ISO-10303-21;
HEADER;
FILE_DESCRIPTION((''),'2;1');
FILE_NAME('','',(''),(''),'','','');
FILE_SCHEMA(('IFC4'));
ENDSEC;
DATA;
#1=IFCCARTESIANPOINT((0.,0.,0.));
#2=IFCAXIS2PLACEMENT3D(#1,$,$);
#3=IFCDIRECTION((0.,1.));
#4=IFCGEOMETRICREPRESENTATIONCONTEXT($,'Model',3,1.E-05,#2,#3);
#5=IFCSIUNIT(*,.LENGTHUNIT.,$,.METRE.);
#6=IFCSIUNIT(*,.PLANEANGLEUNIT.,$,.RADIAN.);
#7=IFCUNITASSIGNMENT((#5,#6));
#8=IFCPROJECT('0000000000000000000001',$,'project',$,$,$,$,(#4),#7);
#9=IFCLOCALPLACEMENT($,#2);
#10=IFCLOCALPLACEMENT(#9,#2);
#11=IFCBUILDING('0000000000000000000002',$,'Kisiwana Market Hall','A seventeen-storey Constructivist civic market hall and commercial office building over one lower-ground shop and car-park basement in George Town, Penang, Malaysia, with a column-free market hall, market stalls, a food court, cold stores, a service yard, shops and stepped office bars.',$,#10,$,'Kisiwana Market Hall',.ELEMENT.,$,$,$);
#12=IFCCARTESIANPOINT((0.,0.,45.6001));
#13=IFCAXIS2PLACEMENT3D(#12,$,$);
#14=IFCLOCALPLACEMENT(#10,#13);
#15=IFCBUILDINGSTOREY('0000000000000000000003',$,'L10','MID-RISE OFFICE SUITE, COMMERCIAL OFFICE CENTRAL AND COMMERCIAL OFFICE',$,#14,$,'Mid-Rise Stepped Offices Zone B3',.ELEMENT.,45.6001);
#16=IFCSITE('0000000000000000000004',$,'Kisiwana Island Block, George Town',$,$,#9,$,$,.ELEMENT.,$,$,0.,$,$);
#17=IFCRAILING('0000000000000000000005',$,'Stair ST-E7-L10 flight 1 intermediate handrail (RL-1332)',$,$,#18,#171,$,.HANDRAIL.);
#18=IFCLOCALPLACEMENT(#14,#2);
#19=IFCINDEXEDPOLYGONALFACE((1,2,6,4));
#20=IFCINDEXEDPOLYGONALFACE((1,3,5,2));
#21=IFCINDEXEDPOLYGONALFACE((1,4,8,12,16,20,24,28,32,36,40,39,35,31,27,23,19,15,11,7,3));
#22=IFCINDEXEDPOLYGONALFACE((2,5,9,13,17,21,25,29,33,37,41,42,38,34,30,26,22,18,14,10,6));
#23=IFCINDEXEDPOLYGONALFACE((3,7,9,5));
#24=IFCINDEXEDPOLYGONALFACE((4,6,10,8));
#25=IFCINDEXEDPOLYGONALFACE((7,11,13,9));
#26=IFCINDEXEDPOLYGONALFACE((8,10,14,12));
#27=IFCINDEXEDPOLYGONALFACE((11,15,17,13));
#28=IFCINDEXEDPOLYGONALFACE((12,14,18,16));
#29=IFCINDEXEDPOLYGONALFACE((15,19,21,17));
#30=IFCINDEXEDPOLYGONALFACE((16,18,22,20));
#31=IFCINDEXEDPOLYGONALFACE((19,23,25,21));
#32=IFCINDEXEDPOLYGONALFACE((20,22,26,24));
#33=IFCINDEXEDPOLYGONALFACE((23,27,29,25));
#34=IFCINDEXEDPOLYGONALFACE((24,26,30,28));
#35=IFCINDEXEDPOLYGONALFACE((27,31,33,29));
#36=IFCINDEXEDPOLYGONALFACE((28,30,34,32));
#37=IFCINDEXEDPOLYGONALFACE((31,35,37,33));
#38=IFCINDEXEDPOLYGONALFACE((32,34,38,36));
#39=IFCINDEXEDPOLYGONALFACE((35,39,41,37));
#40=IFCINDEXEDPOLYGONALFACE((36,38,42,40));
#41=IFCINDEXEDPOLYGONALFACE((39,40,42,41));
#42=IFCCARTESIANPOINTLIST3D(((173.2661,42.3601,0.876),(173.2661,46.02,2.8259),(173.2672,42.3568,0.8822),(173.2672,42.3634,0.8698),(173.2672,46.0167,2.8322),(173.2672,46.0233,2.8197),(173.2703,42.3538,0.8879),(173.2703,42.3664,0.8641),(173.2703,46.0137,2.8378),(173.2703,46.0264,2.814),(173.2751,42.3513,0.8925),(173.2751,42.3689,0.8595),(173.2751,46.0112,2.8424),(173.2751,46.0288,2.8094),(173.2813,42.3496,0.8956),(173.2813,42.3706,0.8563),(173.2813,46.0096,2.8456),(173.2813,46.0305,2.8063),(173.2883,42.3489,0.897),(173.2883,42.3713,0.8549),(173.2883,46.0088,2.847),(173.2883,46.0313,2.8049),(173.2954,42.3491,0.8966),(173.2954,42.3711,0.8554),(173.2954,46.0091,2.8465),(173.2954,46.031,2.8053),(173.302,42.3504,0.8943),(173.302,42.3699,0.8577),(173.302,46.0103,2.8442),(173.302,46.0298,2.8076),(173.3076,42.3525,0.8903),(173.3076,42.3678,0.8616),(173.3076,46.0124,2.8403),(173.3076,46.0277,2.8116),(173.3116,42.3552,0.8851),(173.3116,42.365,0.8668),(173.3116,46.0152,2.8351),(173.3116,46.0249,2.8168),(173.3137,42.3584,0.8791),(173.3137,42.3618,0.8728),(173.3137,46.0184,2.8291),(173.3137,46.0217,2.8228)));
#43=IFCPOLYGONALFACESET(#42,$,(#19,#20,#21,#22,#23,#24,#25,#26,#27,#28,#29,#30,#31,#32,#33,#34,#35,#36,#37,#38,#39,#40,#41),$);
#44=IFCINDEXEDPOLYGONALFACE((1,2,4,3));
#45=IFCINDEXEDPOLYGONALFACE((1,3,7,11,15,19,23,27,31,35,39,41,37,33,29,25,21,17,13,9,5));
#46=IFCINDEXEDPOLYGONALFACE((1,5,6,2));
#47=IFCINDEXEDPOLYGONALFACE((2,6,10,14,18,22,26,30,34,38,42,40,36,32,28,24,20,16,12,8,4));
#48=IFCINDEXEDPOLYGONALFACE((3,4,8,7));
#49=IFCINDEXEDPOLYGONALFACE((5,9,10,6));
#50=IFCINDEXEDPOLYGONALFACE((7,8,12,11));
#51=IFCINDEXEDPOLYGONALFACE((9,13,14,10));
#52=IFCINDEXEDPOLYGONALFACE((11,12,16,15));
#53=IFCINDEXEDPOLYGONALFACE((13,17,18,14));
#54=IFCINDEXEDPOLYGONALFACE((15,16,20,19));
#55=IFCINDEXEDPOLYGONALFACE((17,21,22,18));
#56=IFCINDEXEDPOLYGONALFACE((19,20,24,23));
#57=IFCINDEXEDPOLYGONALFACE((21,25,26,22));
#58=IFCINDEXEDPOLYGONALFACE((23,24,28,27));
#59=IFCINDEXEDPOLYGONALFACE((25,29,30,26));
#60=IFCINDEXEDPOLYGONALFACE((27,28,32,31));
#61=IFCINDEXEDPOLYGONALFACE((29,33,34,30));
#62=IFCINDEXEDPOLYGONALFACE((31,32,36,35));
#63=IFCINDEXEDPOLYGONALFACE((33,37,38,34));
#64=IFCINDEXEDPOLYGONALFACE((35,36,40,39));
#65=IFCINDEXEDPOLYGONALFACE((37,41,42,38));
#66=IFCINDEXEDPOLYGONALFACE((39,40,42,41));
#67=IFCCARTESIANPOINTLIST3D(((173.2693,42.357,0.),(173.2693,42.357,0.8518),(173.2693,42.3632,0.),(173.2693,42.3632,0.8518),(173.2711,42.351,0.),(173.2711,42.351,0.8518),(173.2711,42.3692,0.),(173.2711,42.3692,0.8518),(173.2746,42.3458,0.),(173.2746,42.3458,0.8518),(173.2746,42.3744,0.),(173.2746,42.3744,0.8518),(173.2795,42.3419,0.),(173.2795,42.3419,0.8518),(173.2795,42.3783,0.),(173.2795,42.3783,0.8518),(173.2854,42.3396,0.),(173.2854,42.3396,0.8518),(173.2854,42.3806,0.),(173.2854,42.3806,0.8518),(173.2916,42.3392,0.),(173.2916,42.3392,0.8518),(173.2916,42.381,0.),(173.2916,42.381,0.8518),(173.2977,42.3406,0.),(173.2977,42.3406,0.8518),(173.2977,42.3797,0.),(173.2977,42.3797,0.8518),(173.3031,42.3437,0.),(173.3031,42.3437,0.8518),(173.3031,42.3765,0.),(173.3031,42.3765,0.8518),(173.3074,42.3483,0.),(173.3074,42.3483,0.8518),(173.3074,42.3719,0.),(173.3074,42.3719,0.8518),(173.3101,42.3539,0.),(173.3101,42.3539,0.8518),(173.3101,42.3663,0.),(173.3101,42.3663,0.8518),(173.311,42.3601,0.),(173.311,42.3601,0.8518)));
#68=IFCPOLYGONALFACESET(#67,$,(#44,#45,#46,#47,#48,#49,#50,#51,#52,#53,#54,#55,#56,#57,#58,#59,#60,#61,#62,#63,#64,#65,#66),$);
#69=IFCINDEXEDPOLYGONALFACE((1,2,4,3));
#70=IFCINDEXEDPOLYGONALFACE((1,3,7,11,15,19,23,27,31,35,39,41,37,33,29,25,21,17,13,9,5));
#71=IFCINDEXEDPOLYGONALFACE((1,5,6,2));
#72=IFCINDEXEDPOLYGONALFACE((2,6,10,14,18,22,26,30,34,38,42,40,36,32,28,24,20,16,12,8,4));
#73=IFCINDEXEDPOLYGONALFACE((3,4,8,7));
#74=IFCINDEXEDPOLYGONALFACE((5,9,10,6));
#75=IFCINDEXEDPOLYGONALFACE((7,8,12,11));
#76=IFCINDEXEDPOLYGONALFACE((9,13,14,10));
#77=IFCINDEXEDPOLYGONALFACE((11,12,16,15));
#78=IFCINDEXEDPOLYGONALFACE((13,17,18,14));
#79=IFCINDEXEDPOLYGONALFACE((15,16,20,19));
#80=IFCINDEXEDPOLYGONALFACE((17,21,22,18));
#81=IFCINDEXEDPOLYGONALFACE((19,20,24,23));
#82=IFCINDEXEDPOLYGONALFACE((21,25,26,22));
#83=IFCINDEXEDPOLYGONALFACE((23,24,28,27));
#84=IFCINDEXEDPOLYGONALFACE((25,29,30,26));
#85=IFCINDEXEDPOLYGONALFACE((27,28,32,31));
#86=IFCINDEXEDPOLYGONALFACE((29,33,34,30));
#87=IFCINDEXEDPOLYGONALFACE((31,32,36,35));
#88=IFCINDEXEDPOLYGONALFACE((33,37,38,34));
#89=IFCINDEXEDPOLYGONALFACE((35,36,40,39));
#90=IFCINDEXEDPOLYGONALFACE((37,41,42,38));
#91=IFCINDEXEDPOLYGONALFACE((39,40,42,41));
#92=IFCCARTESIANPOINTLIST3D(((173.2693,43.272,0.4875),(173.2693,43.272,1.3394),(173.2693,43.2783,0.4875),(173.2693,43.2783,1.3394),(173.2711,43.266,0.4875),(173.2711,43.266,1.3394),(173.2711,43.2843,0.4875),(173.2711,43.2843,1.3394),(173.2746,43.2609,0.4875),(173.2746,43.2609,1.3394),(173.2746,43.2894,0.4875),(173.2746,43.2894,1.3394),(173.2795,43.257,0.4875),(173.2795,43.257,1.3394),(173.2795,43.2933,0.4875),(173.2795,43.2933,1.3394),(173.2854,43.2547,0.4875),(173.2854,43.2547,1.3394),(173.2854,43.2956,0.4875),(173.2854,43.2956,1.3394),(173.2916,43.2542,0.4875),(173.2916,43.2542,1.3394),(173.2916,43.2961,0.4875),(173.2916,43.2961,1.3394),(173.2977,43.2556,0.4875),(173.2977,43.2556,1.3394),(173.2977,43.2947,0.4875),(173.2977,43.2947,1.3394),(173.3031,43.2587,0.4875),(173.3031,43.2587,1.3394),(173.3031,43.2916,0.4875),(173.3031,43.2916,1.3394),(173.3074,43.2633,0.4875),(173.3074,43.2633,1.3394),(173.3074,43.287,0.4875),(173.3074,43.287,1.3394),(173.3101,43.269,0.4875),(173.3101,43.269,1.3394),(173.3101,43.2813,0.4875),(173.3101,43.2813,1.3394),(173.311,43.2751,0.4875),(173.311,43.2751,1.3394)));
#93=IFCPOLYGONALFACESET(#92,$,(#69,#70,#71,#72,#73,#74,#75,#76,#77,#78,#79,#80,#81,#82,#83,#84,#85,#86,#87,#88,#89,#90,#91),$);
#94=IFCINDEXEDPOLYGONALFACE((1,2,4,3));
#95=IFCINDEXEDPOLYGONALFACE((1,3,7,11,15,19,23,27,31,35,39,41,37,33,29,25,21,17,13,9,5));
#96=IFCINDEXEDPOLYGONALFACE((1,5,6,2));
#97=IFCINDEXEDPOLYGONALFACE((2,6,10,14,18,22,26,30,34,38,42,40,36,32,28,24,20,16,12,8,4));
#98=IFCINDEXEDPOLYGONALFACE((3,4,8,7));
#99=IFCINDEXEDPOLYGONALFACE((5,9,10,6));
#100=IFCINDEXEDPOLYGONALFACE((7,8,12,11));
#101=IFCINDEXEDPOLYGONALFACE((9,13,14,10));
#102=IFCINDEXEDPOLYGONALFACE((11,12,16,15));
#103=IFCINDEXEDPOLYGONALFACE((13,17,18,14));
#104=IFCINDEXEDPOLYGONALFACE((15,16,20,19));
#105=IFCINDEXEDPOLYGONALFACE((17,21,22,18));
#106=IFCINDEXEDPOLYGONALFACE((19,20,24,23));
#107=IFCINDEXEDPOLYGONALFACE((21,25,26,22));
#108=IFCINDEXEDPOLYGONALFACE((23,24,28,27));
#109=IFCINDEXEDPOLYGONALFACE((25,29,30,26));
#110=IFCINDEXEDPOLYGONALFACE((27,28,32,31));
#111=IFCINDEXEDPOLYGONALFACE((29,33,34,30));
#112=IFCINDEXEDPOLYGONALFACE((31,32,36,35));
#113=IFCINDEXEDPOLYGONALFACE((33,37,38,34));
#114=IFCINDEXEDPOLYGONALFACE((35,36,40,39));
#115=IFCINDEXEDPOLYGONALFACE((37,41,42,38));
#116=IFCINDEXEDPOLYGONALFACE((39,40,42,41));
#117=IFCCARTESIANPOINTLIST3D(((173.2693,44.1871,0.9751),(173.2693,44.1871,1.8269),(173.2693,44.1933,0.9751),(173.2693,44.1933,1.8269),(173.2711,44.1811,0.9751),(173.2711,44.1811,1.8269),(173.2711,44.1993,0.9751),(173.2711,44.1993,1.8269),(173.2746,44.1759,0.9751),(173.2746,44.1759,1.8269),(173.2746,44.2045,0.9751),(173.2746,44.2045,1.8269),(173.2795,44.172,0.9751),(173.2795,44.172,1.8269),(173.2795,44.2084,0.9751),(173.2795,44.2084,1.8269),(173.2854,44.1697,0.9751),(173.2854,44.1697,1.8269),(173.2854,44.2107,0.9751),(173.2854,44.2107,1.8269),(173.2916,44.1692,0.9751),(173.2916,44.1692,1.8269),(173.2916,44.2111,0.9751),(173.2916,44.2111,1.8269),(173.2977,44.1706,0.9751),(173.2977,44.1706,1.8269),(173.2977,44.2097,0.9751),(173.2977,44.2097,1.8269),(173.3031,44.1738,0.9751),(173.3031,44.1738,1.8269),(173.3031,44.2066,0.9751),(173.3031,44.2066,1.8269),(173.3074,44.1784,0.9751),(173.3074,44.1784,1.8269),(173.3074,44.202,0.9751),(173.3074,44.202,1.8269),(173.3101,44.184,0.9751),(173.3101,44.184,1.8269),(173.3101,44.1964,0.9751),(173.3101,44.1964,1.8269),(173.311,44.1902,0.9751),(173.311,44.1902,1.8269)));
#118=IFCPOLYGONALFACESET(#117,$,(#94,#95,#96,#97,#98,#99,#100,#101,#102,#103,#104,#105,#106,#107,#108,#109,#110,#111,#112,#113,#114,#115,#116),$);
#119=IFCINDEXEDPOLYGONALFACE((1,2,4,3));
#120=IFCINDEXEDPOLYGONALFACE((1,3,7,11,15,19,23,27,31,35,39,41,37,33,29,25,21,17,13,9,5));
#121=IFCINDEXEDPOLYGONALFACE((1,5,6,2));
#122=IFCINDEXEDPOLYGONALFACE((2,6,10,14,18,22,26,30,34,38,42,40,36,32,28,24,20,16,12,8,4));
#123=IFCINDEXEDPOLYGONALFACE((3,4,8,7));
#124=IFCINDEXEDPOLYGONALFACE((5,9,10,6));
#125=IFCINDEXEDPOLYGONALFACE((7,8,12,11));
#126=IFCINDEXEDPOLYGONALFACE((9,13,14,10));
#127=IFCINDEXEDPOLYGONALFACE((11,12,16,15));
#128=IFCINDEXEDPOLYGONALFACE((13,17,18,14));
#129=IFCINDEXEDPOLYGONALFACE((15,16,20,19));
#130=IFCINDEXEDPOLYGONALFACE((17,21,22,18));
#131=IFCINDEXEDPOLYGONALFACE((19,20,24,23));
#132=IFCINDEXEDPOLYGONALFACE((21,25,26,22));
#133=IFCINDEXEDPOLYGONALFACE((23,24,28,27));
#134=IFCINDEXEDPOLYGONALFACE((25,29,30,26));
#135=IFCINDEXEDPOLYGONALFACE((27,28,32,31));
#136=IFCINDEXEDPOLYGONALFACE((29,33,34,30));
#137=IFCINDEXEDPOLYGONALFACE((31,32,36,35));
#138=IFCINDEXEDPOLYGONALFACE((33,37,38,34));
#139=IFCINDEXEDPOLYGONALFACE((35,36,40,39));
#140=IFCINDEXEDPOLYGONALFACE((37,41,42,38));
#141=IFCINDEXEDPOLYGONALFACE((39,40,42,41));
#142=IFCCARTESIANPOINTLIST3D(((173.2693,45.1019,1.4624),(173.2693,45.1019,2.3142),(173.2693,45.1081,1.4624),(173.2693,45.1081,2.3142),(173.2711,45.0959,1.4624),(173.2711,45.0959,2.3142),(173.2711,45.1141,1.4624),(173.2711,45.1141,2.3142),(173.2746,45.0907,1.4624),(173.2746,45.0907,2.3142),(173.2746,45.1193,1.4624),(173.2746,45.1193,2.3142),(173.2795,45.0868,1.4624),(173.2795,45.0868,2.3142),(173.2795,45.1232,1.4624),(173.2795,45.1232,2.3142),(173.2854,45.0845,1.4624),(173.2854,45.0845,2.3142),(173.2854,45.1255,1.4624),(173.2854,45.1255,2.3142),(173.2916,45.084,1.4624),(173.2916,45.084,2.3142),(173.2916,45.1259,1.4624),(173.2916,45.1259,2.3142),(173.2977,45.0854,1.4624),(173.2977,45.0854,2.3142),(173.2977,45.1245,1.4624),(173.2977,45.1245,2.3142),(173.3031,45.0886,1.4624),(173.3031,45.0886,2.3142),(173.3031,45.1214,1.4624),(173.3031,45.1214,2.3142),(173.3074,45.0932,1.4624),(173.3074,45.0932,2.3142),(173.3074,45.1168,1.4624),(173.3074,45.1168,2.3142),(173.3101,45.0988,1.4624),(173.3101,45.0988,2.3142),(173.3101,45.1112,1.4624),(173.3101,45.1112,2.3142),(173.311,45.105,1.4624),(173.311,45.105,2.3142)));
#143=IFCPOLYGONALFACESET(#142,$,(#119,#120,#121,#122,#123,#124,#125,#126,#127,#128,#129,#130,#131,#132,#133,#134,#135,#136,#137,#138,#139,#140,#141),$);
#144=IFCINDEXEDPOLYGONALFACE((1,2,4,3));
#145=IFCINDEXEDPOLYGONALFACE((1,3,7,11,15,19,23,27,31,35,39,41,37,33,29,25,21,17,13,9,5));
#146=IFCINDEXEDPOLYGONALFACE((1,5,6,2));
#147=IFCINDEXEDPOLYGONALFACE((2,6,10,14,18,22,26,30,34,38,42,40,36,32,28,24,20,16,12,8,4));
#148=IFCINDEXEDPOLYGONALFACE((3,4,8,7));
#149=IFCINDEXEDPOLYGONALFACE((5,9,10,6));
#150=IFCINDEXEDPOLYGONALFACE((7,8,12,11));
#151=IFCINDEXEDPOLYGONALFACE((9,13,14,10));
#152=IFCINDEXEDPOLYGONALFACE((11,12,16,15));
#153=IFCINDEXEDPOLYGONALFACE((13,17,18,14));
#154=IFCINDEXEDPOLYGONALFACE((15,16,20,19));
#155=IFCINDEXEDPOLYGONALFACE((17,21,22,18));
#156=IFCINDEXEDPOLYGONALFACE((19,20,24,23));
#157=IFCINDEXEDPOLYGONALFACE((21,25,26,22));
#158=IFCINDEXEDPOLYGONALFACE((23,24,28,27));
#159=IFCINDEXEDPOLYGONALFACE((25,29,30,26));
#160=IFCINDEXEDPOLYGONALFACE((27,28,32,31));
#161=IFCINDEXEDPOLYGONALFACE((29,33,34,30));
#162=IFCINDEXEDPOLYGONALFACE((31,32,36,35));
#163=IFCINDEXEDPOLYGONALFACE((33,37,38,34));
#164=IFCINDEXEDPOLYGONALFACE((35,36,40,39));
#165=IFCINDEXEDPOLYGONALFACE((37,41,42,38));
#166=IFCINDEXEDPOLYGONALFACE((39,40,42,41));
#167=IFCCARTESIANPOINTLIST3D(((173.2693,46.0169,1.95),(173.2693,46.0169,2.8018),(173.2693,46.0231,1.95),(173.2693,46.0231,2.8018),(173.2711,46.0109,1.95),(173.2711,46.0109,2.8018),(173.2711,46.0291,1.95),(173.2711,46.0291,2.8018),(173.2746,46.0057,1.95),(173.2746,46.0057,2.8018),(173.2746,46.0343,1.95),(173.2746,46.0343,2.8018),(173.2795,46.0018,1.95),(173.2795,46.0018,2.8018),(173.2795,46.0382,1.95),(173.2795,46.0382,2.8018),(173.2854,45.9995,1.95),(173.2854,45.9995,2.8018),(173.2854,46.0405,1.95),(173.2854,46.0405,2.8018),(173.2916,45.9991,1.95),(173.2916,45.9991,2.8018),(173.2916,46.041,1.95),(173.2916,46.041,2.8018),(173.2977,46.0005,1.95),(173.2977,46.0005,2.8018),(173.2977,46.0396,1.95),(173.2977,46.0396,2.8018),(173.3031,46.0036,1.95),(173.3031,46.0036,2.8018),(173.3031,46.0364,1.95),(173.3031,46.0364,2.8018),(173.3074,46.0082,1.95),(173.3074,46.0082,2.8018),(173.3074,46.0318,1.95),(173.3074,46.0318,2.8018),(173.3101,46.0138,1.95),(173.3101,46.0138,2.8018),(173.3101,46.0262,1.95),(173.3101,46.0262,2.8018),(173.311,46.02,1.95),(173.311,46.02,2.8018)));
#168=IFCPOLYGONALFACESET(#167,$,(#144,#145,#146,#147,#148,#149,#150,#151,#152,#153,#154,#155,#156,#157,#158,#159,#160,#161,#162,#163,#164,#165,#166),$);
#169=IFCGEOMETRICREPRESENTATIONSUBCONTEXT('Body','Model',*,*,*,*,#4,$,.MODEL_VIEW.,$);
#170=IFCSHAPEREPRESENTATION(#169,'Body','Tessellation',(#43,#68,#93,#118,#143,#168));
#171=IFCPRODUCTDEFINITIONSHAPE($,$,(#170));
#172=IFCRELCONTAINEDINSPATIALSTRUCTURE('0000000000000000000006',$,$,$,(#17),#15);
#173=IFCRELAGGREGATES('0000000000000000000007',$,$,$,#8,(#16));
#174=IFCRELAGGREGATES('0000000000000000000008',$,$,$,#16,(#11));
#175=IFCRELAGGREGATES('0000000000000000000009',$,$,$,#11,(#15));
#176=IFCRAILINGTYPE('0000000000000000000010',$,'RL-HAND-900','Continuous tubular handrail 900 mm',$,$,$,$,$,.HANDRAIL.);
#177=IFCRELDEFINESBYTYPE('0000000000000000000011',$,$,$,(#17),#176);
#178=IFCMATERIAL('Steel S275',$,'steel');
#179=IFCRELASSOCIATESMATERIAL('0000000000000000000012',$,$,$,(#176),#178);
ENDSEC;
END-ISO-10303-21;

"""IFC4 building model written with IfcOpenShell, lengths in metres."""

from ifc_helpers import new_model, si_unit, direction, frame, origin, origin_2d, place, context, subcontext, project, spatial, circle, extrude, material, type_object, element, save


model = new_model("IFC4")

# Units and contexts
model_context = context("Model", 3, precision=1e-05, world=origin(), true_north=direction((0.0, 1.0)))
body_context = subcontext(model_context, "Body", "Model", "MODEL_VIEW")
ifc_project = project(units=[si_unit("LENGTHUNIT", "METRE"), si_unit("PLANEANGLEUNIT", "RADIAN")], contexts=[model_context])

# Site, building, storey
site_placement = place(None, origin())
site = spatial("IfcSite", under=ifc_project, at=site_placement, Name="Kisiwana Island Block, George Town", CompositionType="ELEMENT", RefElevation=0.0)
building_placement = place(site_placement, origin())
building = spatial("IfcBuilding", under=site, at=building_placement, Name="Kisiwana Market Hall", Description="A seventeen-storey Constructivist civic market hall and commercial office building over one lower-ground shop and car-park basement in George Town, Penang, Malaysia, with a column-free market hall, market stalls, a food court, cold stores, a service yard, shops and stepped office bars.", LongName="Kisiwana Market Hall", CompositionType="ELEMENT")
storey_placement = place(building_placement, frame((0.0, 0.0, 45.6001)))
storey = spatial("IfcBuildingStorey", under=building, at=storey_placement, Name="L10", Description="MID-RISE OFFICE SUITE, COMMERCIAL OFFICE CENTRAL AND COMMERCIAL OFFICE", LongName="Mid-Rise Stepped Offices Zone B3", CompositionType="ELEMENT", Elevation=45.6001)

# Railing
ifc_material_1 = material(Name="Steel S275", Category="steel")
railing_type_1 = type_object("IfcRailingType", Name="RL-HAND-900", Description="Continuous tubular handrail 900 mm", PredefinedType="HANDRAIL", material=ifc_material_1)
railing_1_placement = place(storey_placement, frame((173.29, 42.3601, 0.0)))
element("IfcRailing", 1, at=railing_1_placement, inside=storey, type_object=railing_type_1, Name="Stair ST-E7-L10 flight 1 intermediate handrail (RL-1332)", PredefinedType="HANDRAIL", context=body_context, shape_type="SweptSolid", body=[
    extrude(circle(Radius=0.0239, at=origin_2d()), frame((0.0, 0.0, 0.876), z_axis=(0.0, 0.882553, 0.470212), x_axis=(-1.0, 0.0, 0.0)), (0.0, 0.0, 1.0), 4.147),
    extrude(circle(Radius=0.021, at=origin_2d()), origin(), (0.0, 0.0, 1.0), 0.8518),
    extrude(circle(Radius=0.021, at=origin_2d()), frame((0.0, 0.915, 0.4875)), (0.0, 0.0, 1.0), 0.8518),
    extrude(circle(Radius=0.021, at=origin_2d()), frame((0.0, 1.8301, 0.9751)), (0.0, 0.0, 1.0), 0.8518),
    extrude(circle(Radius=0.021, at=origin_2d()), frame((0.0, 2.7449, 1.4624)), (0.0, 0.0, 1.0), 0.8518),
    extrude(circle(Radius=0.021, at=origin_2d()), frame((0.0, 3.6599, 1.95)), (0.0, 0.0, 1.0), 0.8518),
])

save(model, "model.ifc")
